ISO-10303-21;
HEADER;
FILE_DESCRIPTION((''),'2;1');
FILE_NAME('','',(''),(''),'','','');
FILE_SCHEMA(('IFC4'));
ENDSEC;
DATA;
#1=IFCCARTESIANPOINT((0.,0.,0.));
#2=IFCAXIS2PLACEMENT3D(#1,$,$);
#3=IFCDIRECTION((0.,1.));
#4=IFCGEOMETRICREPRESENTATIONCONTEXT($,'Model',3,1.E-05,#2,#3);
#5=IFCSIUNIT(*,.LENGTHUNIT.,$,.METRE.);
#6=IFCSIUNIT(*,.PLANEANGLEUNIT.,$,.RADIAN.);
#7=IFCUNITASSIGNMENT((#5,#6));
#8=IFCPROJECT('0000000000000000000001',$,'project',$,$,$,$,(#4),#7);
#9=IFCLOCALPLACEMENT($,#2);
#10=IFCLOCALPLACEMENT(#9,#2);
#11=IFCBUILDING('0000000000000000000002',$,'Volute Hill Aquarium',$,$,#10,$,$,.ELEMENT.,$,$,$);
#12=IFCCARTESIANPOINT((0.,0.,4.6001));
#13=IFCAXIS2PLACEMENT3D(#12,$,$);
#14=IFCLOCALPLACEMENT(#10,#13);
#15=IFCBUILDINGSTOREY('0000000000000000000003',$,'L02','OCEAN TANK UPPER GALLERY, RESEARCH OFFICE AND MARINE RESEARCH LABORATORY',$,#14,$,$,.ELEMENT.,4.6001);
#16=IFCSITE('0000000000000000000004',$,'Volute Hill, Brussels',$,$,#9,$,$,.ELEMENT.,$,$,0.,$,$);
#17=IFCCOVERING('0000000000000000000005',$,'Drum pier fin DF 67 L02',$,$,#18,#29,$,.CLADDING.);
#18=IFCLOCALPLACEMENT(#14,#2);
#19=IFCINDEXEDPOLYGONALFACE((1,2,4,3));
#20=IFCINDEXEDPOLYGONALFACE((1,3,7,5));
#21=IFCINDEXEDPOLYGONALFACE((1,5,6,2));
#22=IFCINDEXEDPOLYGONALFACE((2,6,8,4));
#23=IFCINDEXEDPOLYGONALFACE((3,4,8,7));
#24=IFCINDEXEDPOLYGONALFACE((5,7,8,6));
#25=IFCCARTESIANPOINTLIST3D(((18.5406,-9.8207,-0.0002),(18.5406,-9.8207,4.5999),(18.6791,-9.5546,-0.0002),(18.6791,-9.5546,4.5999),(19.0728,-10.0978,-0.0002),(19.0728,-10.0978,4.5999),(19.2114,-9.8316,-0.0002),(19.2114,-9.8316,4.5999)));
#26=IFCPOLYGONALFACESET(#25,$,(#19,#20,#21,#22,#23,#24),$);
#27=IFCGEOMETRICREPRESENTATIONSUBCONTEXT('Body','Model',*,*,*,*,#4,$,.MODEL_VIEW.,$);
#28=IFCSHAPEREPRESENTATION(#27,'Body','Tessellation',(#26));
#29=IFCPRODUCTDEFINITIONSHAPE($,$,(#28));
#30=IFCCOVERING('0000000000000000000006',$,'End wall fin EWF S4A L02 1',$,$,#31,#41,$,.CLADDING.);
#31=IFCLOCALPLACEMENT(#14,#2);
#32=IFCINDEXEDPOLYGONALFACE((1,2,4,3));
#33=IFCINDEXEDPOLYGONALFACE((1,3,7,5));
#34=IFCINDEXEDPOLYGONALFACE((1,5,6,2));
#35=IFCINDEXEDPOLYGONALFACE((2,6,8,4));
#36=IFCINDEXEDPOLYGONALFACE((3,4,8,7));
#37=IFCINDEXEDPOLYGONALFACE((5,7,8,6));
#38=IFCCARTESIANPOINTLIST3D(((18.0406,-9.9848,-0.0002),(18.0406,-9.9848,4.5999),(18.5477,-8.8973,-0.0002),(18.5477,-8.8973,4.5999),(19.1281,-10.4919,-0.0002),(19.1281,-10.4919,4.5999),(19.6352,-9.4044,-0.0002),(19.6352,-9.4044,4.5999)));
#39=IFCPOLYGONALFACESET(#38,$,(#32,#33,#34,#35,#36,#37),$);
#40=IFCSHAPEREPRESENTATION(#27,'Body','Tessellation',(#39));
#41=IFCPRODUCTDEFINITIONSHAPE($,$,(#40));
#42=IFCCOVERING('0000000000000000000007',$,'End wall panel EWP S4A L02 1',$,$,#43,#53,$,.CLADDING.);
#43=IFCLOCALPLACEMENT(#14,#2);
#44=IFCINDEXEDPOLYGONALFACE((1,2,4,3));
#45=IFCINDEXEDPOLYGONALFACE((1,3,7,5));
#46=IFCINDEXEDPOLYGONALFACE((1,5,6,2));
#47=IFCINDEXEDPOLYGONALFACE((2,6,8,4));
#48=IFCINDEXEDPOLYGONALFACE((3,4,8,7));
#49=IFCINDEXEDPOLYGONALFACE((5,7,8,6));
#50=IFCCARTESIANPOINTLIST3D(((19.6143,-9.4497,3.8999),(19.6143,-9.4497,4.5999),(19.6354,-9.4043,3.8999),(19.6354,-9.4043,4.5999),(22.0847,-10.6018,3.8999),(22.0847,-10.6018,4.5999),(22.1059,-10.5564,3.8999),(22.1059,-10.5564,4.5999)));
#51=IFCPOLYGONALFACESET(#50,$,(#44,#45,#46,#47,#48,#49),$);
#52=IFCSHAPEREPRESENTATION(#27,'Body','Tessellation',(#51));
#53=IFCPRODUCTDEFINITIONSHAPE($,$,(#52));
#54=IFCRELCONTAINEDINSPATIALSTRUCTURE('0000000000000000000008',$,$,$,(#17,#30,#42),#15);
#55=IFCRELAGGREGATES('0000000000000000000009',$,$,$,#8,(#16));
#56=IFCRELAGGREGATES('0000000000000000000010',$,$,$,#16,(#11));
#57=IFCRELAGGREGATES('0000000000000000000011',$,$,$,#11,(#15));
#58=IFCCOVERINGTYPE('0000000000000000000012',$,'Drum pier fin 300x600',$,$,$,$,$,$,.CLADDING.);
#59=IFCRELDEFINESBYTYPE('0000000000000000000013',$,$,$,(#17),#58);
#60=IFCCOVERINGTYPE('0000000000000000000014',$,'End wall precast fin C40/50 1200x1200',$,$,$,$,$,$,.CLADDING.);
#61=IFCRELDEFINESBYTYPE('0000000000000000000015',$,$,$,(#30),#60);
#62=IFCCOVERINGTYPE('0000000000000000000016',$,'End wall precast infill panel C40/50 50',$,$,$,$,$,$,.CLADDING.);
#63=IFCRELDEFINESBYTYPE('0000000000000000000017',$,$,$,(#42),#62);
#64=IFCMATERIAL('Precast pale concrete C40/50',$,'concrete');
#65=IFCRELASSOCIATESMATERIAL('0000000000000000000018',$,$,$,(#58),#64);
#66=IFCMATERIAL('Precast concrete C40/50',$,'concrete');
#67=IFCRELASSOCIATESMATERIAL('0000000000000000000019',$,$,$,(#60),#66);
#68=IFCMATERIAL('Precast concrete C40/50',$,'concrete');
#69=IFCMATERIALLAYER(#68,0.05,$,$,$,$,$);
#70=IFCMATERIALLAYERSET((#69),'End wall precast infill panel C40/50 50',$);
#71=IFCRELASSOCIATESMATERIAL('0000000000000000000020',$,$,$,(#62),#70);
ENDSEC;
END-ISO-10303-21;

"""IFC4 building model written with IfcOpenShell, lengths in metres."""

from ifc_helpers import new_model, si_unit, direction, frame, origin, origin_2d, place, context, subcontext, project, spatial, polyline, rectangle, outline, extrude, material, layer, layer_set, type_object, element, save


model = new_model("IFC4")

# Units and contexts
model_context = context("Model", 3, precision=1e-05, world=origin(), true_north=direction((0.0, 1.0)))
body_context = subcontext(model_context, "Body", "Model", "MODEL_VIEW")
ifc_project = project(units=[si_unit("LENGTHUNIT", "METRE"), si_unit("PLANEANGLEUNIT", "RADIAN")], contexts=[model_context])

# Site, building, storey
site_placement = place(None, origin())
site = spatial("IfcSite", under=ifc_project, at=site_placement, Name="Volute Hill, Brussels", CompositionType="ELEMENT", RefElevation=0.0)
building_placement = place(site_placement, origin())
building = spatial("IfcBuilding", under=site, at=building_placement, Name="Volute Hill Aquarium", CompositionType="ELEMENT")
storey_placement = place(building_placement, frame((0.0, 0.0, 4.6001)))
storey = spatial("IfcBuildingStorey", under=building, at=storey_placement, Name="L02", Description="OCEAN TANK UPPER GALLERY, RESEARCH OFFICE AND MARINE RESEARCH LABORATORY", CompositionType="ELEMENT", Elevation=4.6001)

# Coverings
ifc_material_1 = material(Name="Precast pale concrete C40/50", Category="concrete")
covering_type_1 = type_object("IfcCoveringType", Name="Drum pier fin 300x600", PredefinedType="CLADDING", material=ifc_material_1)
covering_1_placement = place(storey_placement, frame((18.876, -9.8262, -0.0002), z_axis=(0.0, 0.0, 1.0), x_axis=(0.461749, 0.887011, 0.0)))
element("IfcCovering", 1, at=covering_1_placement, inside=storey, type_object=covering_type_1, Name="Drum pier fin DF 67 L02", PredefinedType="CLADDING", context=body_context, shape_type="SweptSolid", body=[
    extrude(rectangle(XDim=0.3, YDim=0.6001, at=origin_2d()), origin(), (0.0, 0.0, 1.0), 4.6001),
])
ifc_material_2 = material(Name="Precast concrete C40/50", Category="concrete")
covering_type_2 = type_object("IfcCoveringType", Name="End wall precast fin C40/50 1200x1200", PredefinedType="CLADDING", material=ifc_material_2)
covering_2_placement = place(storey_placement, frame((18.8379, -9.6946, -0.0002), z_axis=(0.0, 0.0, 1.0), x_axis=(0.906309, -0.422616, 0.0)))
element("IfcCovering", 2, at=covering_2_placement, inside=storey, type_object=covering_type_2, Name="End wall fin EWF S4A L02 1", PredefinedType="CLADDING", context=body_context, shape_type="SweptSolid", body=[
    extrude(rectangle(XDim=1.2, YDim=1.2, at=origin_2d()), origin(), (0.0, 0.0, 1.0), 4.6001),
])
ifc_material_3 = material(Name="Precast concrete C40/50", Category="concrete")
ifc_layer_1 = layer(ifc_material_3, 0.05)
ifc_layer_set_1 = layer_set([ifc_layer_1], Name="End wall precast infill panel C40/50 50")
covering_type_3 = type_object("IfcCoveringType", Name="End wall precast infill panel C40/50 50", PredefinedType="CLADDING", material=ifc_layer_set_1)
covering_3_placement = place(storey_placement, frame((19.6143, -9.4497, 3.8999), z_axis=(-0.42265, -0.906293, 0.0), x_axis=(0.906293, -0.42265, 0.0)))
element("IfcCovering", 3, at=covering_3_placement, inside=storey, type_object=covering_type_3, Name="End wall panel EWP S4A L02 1", PredefinedType="CLADDING", context=body_context, shape_type="SweptSolid", body=[
    extrude(outline(polyline([(0.0, 0.0), (2.7259, 0.0), (2.7259, 0.7), (0.0, 0.7), (0.0, 0.0)])), origin(), (0.0, 0.0, -1.0), 0.05),
])

save(model, "model.ifc")
